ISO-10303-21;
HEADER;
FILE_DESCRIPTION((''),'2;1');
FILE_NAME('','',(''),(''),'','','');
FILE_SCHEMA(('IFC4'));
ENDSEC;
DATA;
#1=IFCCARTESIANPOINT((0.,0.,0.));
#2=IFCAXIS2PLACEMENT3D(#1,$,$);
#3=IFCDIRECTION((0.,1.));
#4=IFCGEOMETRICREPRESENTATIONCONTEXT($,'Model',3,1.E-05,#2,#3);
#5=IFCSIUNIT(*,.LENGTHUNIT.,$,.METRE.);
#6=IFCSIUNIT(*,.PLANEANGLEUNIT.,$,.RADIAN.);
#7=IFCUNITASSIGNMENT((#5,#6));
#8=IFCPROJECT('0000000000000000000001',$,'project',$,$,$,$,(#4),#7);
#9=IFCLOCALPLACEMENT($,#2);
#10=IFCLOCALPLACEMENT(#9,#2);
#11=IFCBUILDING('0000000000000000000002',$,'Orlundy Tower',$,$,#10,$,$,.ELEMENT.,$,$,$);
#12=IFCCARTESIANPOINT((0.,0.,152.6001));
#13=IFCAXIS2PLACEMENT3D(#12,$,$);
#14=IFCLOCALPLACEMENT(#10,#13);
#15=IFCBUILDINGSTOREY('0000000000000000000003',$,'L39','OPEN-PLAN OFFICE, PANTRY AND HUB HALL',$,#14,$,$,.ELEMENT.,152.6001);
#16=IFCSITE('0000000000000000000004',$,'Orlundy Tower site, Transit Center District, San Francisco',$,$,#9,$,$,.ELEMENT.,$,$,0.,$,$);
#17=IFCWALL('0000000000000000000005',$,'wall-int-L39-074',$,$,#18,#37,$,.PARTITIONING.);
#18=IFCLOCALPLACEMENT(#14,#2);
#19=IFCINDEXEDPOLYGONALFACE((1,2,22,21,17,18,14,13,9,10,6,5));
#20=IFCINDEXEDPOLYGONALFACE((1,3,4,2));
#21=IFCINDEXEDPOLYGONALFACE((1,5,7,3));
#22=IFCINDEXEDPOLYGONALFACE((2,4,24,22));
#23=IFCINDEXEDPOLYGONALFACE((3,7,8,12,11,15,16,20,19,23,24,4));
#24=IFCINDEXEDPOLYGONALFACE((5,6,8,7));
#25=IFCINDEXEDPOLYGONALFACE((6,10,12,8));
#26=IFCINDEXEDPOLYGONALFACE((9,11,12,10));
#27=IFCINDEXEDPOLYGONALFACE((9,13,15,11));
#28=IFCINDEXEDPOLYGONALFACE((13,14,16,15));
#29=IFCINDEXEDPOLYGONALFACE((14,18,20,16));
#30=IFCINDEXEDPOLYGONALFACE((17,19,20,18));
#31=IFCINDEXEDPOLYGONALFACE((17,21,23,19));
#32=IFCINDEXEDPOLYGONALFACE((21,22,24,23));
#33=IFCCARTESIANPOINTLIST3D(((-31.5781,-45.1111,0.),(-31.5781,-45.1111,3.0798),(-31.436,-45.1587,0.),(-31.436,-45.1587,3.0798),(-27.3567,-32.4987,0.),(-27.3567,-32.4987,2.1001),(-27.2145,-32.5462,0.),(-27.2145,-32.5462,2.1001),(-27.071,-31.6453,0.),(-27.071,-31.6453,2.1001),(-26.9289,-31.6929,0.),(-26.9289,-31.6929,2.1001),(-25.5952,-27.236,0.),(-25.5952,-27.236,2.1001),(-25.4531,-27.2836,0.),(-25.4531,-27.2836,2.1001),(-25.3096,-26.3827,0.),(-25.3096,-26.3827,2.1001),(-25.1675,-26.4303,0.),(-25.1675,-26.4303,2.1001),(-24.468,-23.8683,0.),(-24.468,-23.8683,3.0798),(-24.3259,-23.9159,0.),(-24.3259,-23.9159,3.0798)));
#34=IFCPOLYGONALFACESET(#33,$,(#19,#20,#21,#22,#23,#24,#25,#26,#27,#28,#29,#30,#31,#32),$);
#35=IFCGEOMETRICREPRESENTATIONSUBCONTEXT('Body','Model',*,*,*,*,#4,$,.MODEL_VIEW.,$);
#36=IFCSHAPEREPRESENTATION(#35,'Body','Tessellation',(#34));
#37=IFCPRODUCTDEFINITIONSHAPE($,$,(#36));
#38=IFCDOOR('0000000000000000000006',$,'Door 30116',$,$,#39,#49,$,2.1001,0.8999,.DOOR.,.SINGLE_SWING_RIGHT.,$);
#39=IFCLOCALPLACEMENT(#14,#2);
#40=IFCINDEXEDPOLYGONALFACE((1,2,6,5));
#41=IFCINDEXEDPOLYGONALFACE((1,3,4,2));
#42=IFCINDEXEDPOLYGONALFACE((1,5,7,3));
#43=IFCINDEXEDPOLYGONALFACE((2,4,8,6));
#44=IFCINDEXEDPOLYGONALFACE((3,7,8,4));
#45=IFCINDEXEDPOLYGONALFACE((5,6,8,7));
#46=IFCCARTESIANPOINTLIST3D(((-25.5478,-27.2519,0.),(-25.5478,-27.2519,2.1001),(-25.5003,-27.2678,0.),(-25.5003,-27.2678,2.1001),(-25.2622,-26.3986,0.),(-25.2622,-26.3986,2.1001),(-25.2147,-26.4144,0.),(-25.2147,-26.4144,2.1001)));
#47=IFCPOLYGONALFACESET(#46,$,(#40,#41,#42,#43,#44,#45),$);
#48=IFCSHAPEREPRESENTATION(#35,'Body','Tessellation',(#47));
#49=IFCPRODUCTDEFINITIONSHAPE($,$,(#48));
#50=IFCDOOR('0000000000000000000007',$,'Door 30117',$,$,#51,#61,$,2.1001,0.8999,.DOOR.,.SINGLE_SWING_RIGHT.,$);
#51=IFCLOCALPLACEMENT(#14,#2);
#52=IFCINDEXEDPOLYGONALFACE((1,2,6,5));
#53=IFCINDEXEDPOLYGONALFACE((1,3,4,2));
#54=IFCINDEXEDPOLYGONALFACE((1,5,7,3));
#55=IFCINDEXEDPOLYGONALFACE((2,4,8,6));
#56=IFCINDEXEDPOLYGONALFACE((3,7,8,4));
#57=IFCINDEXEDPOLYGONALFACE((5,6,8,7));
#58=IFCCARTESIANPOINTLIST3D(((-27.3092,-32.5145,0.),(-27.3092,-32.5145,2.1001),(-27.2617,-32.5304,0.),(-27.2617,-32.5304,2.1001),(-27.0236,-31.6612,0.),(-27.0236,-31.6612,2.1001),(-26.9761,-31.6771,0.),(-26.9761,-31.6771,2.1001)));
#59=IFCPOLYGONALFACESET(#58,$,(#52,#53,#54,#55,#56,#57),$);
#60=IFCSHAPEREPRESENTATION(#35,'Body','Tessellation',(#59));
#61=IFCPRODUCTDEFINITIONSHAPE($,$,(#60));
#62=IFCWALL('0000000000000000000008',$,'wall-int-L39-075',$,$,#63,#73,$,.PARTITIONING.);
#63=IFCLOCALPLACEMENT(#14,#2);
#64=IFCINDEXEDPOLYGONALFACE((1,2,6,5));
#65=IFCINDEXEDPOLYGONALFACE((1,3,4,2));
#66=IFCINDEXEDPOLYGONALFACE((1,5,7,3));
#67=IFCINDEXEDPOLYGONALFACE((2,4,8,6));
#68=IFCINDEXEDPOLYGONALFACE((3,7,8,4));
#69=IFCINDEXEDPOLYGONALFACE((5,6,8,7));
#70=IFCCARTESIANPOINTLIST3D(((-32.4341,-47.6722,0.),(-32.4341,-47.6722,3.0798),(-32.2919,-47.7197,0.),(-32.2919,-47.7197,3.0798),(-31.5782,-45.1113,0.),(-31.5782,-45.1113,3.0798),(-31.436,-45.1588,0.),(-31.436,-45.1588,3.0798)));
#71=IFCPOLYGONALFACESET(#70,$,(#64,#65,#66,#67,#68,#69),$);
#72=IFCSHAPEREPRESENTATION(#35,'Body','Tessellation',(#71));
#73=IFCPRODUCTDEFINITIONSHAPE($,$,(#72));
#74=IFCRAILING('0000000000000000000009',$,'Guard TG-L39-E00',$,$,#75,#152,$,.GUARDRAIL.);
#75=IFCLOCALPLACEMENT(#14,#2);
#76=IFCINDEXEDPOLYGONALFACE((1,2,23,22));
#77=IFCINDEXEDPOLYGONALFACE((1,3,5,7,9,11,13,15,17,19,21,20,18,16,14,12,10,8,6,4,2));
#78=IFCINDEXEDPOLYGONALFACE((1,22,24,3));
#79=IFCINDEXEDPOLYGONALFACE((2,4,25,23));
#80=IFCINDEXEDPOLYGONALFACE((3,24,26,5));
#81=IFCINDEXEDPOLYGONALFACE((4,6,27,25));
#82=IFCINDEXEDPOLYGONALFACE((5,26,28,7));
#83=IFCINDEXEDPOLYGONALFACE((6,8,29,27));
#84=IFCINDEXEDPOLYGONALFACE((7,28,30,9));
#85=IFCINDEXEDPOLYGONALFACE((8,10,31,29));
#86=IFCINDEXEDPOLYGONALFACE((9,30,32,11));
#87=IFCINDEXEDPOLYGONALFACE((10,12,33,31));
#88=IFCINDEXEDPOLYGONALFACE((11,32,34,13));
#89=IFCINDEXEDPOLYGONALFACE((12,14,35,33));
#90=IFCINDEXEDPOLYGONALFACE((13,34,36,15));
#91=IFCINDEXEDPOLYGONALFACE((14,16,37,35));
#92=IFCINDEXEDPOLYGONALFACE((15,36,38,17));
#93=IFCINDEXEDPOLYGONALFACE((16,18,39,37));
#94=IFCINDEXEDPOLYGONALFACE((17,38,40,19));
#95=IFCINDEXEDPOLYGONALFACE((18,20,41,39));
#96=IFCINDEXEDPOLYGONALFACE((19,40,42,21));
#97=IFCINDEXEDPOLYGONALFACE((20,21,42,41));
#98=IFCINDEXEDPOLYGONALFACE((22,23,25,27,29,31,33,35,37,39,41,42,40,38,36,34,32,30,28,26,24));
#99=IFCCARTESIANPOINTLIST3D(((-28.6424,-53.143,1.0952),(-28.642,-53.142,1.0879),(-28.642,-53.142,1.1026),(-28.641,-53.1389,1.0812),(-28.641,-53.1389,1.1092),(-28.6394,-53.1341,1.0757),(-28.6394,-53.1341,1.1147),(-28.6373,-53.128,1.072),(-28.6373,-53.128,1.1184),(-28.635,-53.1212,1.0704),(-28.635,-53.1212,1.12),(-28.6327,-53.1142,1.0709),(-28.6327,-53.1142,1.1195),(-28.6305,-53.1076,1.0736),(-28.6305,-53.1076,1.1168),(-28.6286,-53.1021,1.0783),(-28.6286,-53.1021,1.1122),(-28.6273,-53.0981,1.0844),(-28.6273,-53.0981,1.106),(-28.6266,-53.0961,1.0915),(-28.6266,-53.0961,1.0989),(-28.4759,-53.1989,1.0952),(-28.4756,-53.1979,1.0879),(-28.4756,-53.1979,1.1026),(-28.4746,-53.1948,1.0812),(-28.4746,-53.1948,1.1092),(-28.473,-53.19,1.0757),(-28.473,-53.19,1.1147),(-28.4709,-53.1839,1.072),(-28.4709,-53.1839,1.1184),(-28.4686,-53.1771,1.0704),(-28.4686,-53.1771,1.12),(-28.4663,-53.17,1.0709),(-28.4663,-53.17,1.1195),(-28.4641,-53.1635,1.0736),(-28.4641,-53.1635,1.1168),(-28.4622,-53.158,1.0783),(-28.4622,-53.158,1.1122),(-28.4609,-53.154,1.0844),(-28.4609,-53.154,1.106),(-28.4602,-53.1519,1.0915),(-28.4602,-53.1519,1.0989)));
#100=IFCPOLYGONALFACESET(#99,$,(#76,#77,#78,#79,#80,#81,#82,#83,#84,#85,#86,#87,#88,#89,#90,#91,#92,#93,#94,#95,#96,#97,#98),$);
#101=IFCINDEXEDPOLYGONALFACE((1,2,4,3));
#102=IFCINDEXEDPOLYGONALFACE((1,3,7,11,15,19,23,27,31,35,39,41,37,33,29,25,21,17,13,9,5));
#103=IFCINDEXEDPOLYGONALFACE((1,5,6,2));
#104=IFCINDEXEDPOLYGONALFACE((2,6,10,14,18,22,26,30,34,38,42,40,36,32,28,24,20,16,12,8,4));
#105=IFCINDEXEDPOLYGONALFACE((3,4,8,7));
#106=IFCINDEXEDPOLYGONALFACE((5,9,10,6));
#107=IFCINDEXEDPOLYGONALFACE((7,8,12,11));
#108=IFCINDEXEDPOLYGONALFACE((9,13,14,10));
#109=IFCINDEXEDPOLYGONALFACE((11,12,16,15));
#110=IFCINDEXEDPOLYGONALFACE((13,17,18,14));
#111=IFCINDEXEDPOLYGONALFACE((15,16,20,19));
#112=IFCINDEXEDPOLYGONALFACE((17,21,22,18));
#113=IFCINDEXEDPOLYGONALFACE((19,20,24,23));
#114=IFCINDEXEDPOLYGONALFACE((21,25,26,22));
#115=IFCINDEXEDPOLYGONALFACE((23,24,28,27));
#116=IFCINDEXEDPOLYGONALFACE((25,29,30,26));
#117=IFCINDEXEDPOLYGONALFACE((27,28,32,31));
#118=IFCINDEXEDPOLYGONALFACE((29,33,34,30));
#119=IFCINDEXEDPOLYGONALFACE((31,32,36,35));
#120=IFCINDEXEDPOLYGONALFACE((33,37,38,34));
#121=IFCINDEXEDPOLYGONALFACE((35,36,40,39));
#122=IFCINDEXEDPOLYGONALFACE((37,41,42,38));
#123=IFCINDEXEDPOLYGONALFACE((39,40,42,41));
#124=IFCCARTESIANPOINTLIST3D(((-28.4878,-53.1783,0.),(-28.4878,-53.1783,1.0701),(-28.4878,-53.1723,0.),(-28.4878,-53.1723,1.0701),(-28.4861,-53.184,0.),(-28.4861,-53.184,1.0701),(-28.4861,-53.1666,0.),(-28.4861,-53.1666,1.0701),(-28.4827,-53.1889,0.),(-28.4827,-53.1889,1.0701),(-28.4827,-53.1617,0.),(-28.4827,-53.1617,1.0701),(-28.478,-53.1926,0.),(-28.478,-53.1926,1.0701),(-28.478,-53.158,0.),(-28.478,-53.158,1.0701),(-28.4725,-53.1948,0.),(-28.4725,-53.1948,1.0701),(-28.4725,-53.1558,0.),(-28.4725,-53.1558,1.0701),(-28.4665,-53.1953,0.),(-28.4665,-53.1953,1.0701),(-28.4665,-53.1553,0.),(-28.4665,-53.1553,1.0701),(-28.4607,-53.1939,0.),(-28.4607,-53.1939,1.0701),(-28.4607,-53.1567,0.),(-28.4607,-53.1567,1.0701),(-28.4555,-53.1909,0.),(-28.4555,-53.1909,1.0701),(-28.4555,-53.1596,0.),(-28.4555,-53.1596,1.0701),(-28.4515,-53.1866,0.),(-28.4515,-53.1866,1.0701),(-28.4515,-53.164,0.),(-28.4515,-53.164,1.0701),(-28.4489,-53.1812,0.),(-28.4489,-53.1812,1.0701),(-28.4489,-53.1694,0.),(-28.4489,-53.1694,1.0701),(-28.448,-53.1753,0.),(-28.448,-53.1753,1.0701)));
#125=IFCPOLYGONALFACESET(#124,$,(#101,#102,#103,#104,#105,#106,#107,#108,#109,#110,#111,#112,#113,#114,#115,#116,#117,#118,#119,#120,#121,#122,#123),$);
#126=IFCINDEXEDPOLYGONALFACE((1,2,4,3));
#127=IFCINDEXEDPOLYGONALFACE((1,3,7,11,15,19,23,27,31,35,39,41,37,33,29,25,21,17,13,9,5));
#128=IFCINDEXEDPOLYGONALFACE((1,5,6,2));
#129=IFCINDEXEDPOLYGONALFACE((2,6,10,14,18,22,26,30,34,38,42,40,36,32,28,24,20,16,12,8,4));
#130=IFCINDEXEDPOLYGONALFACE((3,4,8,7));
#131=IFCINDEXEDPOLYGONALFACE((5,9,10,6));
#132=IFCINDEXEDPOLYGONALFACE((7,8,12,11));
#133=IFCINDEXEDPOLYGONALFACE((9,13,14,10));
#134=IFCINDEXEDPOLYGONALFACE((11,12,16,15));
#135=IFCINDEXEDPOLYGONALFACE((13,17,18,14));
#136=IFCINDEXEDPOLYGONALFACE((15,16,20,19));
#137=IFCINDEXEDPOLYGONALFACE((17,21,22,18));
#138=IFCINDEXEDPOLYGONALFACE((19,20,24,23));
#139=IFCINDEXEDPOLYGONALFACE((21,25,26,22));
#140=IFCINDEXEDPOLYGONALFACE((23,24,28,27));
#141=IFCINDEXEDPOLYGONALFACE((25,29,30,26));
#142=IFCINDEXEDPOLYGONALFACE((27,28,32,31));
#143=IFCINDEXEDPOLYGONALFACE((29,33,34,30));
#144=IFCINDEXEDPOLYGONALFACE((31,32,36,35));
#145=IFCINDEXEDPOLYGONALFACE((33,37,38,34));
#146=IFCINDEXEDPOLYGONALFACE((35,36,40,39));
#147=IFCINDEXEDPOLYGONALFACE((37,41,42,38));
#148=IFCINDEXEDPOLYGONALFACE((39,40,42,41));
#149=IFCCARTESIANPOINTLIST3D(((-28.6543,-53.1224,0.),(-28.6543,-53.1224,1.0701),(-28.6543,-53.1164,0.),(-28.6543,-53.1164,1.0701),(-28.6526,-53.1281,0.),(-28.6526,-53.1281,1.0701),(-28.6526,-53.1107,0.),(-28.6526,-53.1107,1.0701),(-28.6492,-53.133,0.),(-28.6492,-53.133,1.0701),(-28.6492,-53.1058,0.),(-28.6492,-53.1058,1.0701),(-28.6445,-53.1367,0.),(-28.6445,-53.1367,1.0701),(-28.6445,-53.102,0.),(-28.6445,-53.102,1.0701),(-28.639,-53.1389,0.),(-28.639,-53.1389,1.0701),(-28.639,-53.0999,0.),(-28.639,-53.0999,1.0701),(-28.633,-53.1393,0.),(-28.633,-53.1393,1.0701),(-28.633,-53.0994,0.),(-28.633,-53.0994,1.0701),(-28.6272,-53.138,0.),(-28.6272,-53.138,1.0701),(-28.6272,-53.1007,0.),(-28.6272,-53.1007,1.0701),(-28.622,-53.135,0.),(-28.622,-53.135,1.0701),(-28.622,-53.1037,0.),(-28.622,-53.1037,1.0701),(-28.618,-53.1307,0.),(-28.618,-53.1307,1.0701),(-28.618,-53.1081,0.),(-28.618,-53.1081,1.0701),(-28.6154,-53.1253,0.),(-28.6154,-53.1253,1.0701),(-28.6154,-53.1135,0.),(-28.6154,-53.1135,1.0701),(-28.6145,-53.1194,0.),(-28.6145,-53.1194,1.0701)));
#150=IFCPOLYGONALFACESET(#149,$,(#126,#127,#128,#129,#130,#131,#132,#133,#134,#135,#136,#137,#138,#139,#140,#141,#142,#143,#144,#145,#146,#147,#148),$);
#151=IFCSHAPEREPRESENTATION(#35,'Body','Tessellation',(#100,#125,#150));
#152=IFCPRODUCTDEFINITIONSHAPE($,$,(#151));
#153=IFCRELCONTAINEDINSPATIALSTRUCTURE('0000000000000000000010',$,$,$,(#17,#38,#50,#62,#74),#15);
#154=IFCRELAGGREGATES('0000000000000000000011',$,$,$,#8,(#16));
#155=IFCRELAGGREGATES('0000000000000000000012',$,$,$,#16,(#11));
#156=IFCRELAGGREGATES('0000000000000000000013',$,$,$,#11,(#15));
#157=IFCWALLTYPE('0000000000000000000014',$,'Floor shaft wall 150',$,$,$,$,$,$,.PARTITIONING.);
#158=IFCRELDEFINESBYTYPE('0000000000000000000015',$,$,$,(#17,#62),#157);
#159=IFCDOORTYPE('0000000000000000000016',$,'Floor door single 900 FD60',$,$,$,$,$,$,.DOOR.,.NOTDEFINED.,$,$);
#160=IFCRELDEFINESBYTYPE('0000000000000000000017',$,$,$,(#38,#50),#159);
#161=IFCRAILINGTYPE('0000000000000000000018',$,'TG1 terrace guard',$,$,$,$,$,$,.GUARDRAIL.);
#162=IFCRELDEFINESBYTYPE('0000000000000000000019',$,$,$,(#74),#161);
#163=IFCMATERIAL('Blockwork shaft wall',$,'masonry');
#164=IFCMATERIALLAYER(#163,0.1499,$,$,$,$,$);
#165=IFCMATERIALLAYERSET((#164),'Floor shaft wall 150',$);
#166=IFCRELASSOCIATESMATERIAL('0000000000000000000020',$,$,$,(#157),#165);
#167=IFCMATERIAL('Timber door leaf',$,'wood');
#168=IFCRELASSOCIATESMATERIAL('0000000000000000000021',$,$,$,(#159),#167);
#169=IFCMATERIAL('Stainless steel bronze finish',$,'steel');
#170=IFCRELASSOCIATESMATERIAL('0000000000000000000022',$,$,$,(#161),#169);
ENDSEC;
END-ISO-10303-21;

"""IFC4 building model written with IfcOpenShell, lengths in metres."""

from ifc_helpers import new_model, si_unit, direction, frame, frame_2d, origin, origin_2d, place, context, subcontext, project, spatial, rectangle, circle, extrude, material, layer, layer_set, type_object, element, fill, save


model = new_model("IFC4")

# Units and contexts
model_context = context("Model", 3, precision=1e-05, world=origin(), true_north=direction((0.0, 1.0)))
body_context = subcontext(model_context, "Body", "Model", "MODEL_VIEW")
ifc_project = project(units=[si_unit("LENGTHUNIT", "METRE"), si_unit("PLANEANGLEUNIT", "RADIAN")], contexts=[model_context])

# Site, building, storey
site_placement = place(None, origin())
site = spatial("IfcSite", under=ifc_project, at=site_placement, Name="Orlundy Tower site, Transit Center District, San Francisco", CompositionType="ELEMENT", RefElevation=0.0)
building_placement = place(site_placement, origin())
building = spatial("IfcBuilding", under=site, at=building_placement, Name="Orlundy Tower", CompositionType="ELEMENT")
storey_placement = place(building_placement, frame((0.0, 0.0, 152.6001)))
storey = spatial("IfcBuildingStorey", under=building, at=storey_placement, Name="L39", Description="OPEN-PLAN OFFICE, PANTRY AND HUB HALL", CompositionType="ELEMENT", Elevation=152.6001)

# Wall, openings, doors
ifc_material_1 = material(Name="Blockwork shaft wall", Category="masonry")
ifc_layer_1 = layer(ifc_material_1, 0.1499)
ifc_layer_set_1 = layer_set([ifc_layer_1], Name="Floor shaft wall 150")
wall_type_1 = type_object("IfcWallType", Name="Floor shaft wall 150", PredefinedType="PARTITIONING", material=ifc_layer_set_1)
wall_1_placement = place(storey_placement, frame((-31.5071, -45.135, 0.0), z_axis=(0.0, 0.0, 1.0), x_axis=(0.317398, 0.948292, 0.0)))
wall_1 = element("IfcWall", 1, at=wall_1_placement, inside=storey, type_object=wall_type_1, Name="wall-int-L39-074", PredefinedType="PARTITIONING", context=body_context, shape_type="SweptSolid", body=[
    extrude(rectangle(XDim=22.4011, YDim=0.1499, at=frame_2d((11.2007, 0.0))), origin(), (0.0, 0.0, 1.0), 3.0798),
])
opening_1_placement = place(wall_1_placement, frame((18.8499, 0.0, 0.0)))
opening_1 = element("IfcOpeningElement", 2, at=opening_1_placement, cuts=wall_1, PredefinedType="OPENING", context=body_context, shape_type="SweptSolid", body=[
    extrude(rectangle(XDim=0.8999, YDim=2.1001, at=frame_2d((0.45, 1.05))), frame((0.0, 0.085, 0.0), z_axis=(0.0, -1.0, 0.0), x_axis=(1.0, 0.0, 0.0)), (0.0, 0.0, 1.0), 0.1699),
])
opening_2_placement = place(wall_1_placement, frame((13.3003, 0.0, 0.0)))
opening_2 = element("IfcOpeningElement", 3, at=opening_2_placement, cuts=wall_1, PredefinedType="OPENING", context=body_context, shape_type="SweptSolid", body=[
    extrude(rectangle(XDim=0.8999, YDim=2.1001, at=frame_2d((0.45, 1.05))), frame((0.0, 0.085, 0.0), z_axis=(0.0, -1.0, 0.0), x_axis=(1.0, 0.0, 0.0)), (0.0, 0.0, 1.0), 0.1699),
])
ifc_material_2 = material(Name="Timber door leaf", Category="wood")
door_type_1 = type_object("IfcDoorType", Name="Floor door single 900 FD60", OperationType="NOTDEFINED", PredefinedType="DOOR", material=ifc_material_2)
door_1_placement = place(opening_1_placement, origin())
door_1 = element("IfcDoor", 4, at=door_1_placement, inside=storey, type_object=door_type_1, Name="Door 30116", OperationType="SINGLE_SWING_RIGHT", OverallHeight=2.1001, OverallWidth=0.8999, PredefinedType="DOOR", context=body_context, shape_type="SweptSolid", body=[
    extrude(rectangle(XDim=0.8999, YDim=2.1001, at=frame_2d((0.45, 1.05))), frame((0.0, 0.0249, 0.0), z_axis=(0.0, -1.0, 0.0), x_axis=(1.0, 0.0, 0.0)), (0.0, 0.0, 1.0), 0.05),
])
fill(opening_1, door_1)
door_2_placement = place(opening_2_placement, origin())
door_2 = element("IfcDoor", 5, at=door_2_placement, inside=storey, type_object=door_type_1, Name="Door 30117", OperationType="SINGLE_SWING_RIGHT", OverallHeight=2.1001, OverallWidth=0.8999, PredefinedType="DOOR", context=body_context, shape_type="SweptSolid", body=[
    extrude(rectangle(XDim=0.8999, YDim=2.1001, at=frame_2d((0.45, 1.05))), frame((0.0, 0.0249, 0.0), z_axis=(0.0, -1.0, 0.0), x_axis=(1.0, 0.0, 0.0)), (0.0, 0.0, 1.0), 0.05),
])
fill(opening_2, door_2)

# Wall
wall_2_placement = place(storey_placement, frame((-31.5071, -45.135, 0.0), z_axis=(0.0, 0.0, 1.0), x_axis=(-0.316987, -0.94843, 0.0)))
element("IfcWall", 6, at=wall_2_placement, inside=storey, type_object=wall_type_1, Name="wall-int-L39-075", PredefinedType="PARTITIONING", context=body_context, shape_type="SweptSolid", body=[
    extrude(rectangle(XDim=2.7002, YDim=0.1499, at=frame_2d((1.3501, 0.0))), origin(), (0.0, 0.0, 1.0), 3.0798),
])

# Railing
ifc_material_3 = material(Name="Stainless steel bronze finish", Category="steel")
railing_type = type_object("IfcRailingType", Name="TG1 terrace guard", PredefinedType="GUARDRAIL", material=ifc_material_3)
railing_placement = place(storey_placement, frame((-28.468, -53.1753, 0.0)))
element("IfcRailing", 7, at=railing_placement, inside=storey, type_object=railing_type, Name="Guard TG-L39-E00", PredefinedType="GUARDRAIL", context=body_context, shape_type="SweptSolid", body=[
    extrude(circle(Radius=0.0249, at=origin_2d()), frame((0.0, 0.0, 1.0952), z_axis=(-0.947986, 0.318312, 0.0), x_axis=(-0.318312, -0.947986, 0.0)), (0.0, 0.0, 1.0), 0.1755),
    extrude(circle(Radius=0.02, at=origin_2d()), origin(), (0.0, 0.0, 1.0), 1.0701),
    extrude(circle(Radius=0.02, at=origin_2d()), frame((-0.1665, 0.0559, 0.0)), (0.0, 0.0, 1.0), 1.0701),
])

save(model, "model.ifc")
